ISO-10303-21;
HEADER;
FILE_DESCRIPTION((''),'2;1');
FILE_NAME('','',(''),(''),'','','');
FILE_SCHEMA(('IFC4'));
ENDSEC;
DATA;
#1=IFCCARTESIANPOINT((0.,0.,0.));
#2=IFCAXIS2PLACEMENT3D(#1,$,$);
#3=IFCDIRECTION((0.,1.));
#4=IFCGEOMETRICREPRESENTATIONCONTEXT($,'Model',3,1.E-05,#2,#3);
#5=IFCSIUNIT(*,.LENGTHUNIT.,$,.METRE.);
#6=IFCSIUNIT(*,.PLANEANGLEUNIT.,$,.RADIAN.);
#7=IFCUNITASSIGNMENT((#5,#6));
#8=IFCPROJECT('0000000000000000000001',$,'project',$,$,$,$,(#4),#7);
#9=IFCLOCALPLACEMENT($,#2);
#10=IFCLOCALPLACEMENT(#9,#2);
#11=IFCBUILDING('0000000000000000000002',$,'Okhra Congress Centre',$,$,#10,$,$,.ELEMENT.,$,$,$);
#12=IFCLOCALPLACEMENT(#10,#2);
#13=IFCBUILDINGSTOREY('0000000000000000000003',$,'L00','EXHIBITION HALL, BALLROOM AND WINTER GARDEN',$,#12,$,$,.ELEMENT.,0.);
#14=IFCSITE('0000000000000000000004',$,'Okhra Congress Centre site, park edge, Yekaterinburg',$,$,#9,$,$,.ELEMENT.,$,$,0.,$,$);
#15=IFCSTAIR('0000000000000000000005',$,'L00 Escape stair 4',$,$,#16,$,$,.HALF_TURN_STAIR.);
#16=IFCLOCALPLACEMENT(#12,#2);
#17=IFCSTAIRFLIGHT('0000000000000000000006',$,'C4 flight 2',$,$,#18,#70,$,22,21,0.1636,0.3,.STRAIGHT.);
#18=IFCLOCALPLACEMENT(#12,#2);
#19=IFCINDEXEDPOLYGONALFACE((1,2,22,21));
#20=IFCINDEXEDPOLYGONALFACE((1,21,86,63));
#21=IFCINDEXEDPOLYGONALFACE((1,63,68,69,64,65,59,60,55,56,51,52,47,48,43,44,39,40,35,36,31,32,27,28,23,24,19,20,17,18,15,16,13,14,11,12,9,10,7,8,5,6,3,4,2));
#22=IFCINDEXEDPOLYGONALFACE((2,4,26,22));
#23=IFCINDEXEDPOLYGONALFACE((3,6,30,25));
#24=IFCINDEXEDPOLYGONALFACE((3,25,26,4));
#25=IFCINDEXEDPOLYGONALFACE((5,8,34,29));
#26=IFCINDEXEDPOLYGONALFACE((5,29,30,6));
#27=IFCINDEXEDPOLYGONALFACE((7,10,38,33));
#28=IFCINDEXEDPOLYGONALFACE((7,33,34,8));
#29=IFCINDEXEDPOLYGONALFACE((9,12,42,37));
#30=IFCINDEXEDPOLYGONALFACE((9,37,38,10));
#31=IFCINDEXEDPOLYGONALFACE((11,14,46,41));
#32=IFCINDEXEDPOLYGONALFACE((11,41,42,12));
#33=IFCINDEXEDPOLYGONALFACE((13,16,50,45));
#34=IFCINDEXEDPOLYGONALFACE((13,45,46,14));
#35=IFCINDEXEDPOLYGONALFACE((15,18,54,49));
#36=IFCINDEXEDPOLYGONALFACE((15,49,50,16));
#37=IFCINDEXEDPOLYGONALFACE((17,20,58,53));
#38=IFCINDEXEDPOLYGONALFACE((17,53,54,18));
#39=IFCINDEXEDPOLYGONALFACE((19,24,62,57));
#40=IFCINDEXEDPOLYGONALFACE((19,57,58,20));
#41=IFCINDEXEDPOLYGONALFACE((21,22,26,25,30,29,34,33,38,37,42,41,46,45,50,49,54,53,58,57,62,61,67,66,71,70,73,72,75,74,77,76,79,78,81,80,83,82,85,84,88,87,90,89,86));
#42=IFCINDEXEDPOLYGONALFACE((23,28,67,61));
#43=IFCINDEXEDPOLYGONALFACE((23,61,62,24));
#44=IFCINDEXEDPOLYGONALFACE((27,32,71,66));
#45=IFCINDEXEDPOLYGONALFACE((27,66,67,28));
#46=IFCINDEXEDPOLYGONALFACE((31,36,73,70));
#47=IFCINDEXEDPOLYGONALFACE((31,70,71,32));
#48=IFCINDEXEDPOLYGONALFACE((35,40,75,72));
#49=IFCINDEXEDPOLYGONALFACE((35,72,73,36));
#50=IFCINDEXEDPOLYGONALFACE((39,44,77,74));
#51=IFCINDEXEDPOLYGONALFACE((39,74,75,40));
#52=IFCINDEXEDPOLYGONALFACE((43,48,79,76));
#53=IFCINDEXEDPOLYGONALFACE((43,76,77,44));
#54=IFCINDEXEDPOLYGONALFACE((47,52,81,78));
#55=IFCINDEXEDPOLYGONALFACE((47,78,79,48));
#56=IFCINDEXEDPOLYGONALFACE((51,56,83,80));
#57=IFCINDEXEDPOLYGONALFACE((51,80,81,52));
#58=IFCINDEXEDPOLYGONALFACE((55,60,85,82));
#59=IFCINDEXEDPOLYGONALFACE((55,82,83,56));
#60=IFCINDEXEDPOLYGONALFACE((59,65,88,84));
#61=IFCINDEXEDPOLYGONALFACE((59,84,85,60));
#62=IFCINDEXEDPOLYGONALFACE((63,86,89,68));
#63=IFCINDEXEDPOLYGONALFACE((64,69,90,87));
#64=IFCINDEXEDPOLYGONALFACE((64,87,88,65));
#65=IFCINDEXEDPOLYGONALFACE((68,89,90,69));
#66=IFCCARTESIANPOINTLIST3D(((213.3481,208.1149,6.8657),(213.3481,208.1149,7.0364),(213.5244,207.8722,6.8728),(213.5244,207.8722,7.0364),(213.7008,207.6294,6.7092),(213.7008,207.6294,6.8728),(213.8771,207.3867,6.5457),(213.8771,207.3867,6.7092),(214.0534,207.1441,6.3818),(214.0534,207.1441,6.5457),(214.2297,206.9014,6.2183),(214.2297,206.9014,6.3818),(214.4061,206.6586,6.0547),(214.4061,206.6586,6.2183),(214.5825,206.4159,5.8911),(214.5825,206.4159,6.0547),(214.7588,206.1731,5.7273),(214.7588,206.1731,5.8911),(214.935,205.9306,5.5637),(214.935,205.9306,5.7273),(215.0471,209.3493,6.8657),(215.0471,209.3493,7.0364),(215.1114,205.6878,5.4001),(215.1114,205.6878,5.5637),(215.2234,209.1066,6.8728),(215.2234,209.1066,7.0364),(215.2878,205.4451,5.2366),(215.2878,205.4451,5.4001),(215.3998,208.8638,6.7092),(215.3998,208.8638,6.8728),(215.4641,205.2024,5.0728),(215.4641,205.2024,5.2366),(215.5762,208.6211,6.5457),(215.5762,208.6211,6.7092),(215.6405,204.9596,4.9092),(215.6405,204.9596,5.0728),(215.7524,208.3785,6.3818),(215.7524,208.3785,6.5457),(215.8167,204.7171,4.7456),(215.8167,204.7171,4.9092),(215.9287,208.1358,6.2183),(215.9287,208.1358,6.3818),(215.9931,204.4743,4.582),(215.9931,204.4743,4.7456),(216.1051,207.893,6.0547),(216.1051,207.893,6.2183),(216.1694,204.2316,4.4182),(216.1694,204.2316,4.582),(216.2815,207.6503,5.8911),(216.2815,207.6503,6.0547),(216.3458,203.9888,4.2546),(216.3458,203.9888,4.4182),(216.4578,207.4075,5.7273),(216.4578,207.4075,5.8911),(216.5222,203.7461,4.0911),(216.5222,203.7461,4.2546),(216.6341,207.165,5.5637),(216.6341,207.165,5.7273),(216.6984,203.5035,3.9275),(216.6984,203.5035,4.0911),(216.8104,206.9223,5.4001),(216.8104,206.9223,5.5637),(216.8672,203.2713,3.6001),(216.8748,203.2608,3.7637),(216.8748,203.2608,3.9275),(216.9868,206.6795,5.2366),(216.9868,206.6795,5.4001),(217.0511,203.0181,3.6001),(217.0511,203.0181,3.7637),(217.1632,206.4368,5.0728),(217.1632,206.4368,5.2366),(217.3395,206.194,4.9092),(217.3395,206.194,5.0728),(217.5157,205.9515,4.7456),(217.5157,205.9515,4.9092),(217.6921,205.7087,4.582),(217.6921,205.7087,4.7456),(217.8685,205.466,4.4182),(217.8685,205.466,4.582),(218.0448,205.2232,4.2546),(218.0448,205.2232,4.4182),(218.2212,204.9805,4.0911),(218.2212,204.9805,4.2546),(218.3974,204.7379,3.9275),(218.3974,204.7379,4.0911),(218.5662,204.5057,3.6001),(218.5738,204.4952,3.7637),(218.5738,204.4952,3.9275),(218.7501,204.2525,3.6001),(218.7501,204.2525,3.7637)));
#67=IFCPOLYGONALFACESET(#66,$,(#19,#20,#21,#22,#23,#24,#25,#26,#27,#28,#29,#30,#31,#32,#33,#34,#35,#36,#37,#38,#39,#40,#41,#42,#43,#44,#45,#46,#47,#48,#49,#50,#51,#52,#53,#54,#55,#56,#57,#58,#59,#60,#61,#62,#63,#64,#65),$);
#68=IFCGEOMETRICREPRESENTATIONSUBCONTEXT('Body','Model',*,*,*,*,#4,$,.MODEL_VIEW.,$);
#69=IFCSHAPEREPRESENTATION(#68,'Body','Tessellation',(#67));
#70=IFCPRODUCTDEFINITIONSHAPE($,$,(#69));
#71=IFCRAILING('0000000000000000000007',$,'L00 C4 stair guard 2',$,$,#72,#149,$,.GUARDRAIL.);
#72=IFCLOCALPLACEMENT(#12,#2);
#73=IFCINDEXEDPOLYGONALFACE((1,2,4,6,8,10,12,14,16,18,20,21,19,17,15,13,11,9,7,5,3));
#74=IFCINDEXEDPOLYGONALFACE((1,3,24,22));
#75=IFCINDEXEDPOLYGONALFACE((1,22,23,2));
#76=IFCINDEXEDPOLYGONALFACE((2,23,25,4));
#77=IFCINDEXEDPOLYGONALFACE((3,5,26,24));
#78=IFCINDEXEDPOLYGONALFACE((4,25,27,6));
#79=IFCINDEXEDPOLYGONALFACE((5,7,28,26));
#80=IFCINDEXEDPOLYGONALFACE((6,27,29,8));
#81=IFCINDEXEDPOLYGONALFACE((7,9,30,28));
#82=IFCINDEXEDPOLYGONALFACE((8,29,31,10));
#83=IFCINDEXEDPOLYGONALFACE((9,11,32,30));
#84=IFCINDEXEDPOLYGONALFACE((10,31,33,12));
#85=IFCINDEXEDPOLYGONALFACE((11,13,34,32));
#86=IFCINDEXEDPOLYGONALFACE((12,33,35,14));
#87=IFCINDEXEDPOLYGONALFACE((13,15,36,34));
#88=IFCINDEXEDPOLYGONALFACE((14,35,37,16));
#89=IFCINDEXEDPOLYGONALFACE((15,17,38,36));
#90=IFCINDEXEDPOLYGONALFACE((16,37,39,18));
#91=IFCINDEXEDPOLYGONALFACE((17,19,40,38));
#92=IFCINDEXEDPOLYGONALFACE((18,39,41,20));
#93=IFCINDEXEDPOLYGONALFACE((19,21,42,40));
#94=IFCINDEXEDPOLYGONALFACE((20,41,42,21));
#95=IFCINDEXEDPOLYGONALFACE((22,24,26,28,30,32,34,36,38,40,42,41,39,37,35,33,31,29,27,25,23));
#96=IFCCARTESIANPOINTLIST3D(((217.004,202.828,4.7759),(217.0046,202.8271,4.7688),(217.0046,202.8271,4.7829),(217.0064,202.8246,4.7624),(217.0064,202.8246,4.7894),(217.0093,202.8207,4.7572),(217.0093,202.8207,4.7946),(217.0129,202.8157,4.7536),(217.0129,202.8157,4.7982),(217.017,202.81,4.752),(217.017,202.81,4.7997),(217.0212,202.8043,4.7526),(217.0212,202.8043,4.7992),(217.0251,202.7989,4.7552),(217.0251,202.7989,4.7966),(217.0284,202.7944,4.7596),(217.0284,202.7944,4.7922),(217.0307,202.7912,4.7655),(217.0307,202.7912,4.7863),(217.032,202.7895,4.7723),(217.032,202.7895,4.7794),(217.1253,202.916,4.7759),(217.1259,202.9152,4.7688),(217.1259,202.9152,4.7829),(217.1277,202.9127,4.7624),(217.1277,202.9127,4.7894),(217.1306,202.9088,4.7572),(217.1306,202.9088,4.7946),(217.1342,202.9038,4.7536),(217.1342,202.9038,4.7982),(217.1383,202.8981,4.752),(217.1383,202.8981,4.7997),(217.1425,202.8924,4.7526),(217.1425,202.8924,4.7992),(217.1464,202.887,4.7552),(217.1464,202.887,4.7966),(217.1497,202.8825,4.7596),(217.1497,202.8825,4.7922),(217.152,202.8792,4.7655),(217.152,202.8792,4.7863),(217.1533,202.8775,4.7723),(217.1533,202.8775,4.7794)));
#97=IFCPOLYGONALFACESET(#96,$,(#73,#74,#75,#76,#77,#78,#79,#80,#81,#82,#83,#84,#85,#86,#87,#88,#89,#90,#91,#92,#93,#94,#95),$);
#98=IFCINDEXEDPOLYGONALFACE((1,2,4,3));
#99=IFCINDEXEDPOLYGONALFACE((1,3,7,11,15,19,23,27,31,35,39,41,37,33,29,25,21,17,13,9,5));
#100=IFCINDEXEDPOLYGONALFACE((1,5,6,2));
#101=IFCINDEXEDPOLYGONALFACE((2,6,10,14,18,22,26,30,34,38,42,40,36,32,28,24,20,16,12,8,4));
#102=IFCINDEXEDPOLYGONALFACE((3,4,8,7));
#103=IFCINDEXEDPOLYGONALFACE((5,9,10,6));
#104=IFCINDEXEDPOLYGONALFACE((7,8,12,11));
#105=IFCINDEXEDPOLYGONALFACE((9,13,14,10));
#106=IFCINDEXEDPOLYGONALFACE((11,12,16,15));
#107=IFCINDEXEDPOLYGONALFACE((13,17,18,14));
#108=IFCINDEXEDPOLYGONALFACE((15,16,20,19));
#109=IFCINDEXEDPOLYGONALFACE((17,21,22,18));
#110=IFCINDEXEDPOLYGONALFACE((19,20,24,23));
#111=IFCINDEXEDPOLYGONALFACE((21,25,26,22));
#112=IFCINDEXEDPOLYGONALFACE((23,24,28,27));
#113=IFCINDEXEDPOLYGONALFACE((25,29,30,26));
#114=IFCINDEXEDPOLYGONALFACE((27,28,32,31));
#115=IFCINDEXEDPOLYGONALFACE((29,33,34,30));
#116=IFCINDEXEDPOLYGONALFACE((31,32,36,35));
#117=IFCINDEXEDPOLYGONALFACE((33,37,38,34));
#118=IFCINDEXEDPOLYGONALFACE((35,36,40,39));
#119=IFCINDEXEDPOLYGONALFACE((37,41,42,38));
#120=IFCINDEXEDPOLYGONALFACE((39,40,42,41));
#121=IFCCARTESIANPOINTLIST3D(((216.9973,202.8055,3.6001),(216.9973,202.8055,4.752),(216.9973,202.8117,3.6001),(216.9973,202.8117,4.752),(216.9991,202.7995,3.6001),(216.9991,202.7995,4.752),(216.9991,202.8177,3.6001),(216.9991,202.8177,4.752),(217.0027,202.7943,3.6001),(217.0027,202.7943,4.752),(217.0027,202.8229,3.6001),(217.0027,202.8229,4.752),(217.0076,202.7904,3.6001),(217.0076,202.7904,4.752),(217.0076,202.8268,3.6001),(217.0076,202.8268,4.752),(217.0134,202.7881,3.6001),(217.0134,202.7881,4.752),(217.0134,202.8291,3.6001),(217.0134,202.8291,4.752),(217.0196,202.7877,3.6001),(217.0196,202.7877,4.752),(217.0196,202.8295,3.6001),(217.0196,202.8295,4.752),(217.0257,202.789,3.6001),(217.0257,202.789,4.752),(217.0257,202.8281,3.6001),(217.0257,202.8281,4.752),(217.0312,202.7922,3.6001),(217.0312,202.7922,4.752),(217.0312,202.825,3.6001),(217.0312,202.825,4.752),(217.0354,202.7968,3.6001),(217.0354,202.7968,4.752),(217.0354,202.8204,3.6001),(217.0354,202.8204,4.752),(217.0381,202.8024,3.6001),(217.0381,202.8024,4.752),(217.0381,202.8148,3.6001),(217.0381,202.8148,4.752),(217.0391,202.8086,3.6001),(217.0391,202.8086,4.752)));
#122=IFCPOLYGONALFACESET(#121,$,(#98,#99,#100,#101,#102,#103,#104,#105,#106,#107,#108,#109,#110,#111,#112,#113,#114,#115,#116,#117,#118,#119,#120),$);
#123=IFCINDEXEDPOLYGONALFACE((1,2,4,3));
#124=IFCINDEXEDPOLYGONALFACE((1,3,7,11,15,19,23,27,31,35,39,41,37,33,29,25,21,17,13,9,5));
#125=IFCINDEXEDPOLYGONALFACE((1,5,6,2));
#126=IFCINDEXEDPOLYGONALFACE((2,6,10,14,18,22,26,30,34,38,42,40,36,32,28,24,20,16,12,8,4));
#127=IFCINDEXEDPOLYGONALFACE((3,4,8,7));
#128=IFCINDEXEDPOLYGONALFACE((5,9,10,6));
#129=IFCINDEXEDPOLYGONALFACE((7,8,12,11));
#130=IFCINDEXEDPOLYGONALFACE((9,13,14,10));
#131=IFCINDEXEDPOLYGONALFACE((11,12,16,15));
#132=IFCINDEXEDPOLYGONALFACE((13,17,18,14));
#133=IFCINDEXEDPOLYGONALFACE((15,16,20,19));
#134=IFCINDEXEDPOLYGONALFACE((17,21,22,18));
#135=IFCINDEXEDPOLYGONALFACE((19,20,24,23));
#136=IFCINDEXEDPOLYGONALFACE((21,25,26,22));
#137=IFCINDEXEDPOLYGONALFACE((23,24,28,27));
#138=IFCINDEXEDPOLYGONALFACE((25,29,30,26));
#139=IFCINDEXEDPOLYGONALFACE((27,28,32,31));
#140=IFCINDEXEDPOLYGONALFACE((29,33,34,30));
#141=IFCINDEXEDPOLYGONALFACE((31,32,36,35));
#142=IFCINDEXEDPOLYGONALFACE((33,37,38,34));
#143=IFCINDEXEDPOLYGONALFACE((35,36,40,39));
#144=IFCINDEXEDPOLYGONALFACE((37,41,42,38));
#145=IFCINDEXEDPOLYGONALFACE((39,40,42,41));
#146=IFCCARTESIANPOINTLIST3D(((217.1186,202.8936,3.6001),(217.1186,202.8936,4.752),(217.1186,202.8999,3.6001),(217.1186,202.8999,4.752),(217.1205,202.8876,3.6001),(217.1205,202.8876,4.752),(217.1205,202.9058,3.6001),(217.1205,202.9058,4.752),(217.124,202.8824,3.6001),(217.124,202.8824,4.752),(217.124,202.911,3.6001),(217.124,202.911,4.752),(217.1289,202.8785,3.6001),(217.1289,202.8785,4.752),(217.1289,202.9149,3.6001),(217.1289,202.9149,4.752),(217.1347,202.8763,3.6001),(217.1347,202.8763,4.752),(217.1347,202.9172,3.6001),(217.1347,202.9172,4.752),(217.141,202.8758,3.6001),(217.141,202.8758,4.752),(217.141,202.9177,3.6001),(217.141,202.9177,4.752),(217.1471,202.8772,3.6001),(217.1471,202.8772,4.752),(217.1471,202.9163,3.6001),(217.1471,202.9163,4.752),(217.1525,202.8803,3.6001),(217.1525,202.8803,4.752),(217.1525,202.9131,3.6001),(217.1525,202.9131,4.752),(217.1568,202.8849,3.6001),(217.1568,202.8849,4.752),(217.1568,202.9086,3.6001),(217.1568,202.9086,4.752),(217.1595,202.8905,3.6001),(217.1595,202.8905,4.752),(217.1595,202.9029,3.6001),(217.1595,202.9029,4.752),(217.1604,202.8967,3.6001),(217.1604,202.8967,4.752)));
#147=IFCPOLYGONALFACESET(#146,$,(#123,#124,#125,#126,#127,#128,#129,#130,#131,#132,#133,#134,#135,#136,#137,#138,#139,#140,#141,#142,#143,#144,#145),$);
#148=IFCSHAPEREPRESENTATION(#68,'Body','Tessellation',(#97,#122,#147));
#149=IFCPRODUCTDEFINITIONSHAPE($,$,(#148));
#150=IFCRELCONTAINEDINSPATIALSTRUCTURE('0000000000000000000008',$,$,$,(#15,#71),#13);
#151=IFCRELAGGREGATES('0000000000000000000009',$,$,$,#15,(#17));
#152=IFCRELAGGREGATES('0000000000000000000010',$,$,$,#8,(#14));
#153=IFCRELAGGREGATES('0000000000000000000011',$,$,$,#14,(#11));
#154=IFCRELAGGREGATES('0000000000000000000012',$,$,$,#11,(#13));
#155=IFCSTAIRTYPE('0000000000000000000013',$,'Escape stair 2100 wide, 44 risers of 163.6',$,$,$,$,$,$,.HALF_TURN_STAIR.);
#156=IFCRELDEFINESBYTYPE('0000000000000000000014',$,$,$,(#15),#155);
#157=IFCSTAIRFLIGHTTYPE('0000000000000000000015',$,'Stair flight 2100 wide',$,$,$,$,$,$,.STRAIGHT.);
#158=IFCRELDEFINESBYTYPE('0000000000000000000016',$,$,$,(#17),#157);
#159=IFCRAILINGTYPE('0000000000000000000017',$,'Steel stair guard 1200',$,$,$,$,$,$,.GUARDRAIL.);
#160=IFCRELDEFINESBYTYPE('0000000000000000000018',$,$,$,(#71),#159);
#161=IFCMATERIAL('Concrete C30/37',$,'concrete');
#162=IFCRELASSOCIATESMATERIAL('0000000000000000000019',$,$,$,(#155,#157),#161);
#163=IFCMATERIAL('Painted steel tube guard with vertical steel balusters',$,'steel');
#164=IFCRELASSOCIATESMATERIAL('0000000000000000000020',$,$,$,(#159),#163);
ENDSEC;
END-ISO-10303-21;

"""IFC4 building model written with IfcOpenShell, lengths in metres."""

from ifc_helpers import new_model, si_unit, direction, frame, origin, origin_2d, place, context, subcontext, project, spatial, polyline, circle, outline, extrude, material, type_object, element, aggregate, save


model = new_model("IFC4")

# Units and contexts
model_context = context("Model", 3, precision=1e-05, world=origin(), true_north=direction((0.0, 1.0)))
body_context = subcontext(model_context, "Body", "Model", "MODEL_VIEW")
ifc_project = project(units=[si_unit("LENGTHUNIT", "METRE"), si_unit("PLANEANGLEUNIT", "RADIAN")], contexts=[model_context])

# Site, building, storey
site_placement = place(None, origin())
site = spatial("IfcSite", under=ifc_project, at=site_placement, Name="Okhra Congress Centre site, park edge, Yekaterinburg", CompositionType="ELEMENT", RefElevation=0.0)
building_placement = place(site_placement, origin())
building = spatial("IfcBuilding", under=site, at=building_placement, Name="Okhra Congress Centre", CompositionType="ELEMENT")
storey_placement = place(building_placement, origin())
storey = spatial("IfcBuildingStorey", under=building, at=storey_placement, Name="L00", Description="EXHIBITION HALL, BALLROOM AND WINTER GARDEN", CompositionType="ELEMENT", Elevation=0.0)

# Shared definitions
ifc_material_1 = material(Name="Concrete C30/37", Category="concrete")

# Stair, stair flight
stair_type = type_object("IfcStairType", Name="Escape stair 2100 wide, 44 risers of 163.6", PredefinedType="HALF_TURN_STAIR", material=ifc_material_1)
stair_placement = place(storey_placement, origin())
stair = element("IfcStair", 1, at=stair_placement, inside=storey, type_object=stair_type, Name="L00 Escape stair 4", PredefinedType="HALF_TURN_STAIR")
stair_flight_type = type_object("IfcStairFlightType", Name="Stair flight 2100 wide", PredefinedType="STRAIGHT", material=ifc_material_1)
stair_flight_placement = place(storey_placement, frame((217.9006, 203.6353, 3.6001), z_axis=(0.0, 0.0, 1.0), x_axis=(-0.587785, 0.809017, 0.0)))
stair_flight = element("IfcStairFlight", 2, at=stair_flight_placement, type_object=stair_flight_type, Name="C4 flight 2", NumberOfRisers=22, NumberOfTreads=21, PredefinedType="STRAIGHT", RiserHeight=0.1636, TreadLength=0.3, context=body_context, shape_type="SweptSolid", body=[
    extrude(outline(polyline([(0.0, 0.0), (0.0, 0.1636), (0.3, 0.1636), (0.3, 0.3274), (0.6001, 0.3274), (0.6001, 0.491), (0.8999, 0.491), (0.8999, 0.6545), (1.2, 0.6545), (1.2, 0.8181), (1.5, 0.8181), (1.5, 0.9819), (1.8, 0.9819), (1.8, 1.1455), (2.1001, 1.1455), (2.1001, 1.3091), (2.3999, 1.3091), (2.3999, 1.4727), (2.7, 1.4727), (2.7, 1.6365), (3.0, 1.6365), (3.0, 1.8), (3.3, 1.8), (3.3, 1.9636), (3.6001, 1.9636), (3.6001, 2.1272), (3.8999, 2.1272), (3.8999, 2.291), (4.2, 2.291), (4.2, 2.4546), (4.5, 2.4546), (4.5, 2.6182), (4.8, 2.6182), (4.8, 2.7817), (5.1001, 2.7817), (5.1001, 2.9456), (5.3999, 2.9456), (5.3999, 3.1091), (5.7, 3.1091), (5.7, 3.2727), (6.0, 3.2727), (6.0, 3.4363), (6.3, 3.4363), (6.3, 3.6001), (6.3, 3.2656), (0.313, 0.0), (0.0, 0.0)])), frame((0.0, 1.05, 0.0), z_axis=(0.0, -1.0, 0.0), x_axis=(1.0, 0.0, 0.0)), (0.0, 0.0, 1.0), 2.1001),
])
aggregate(stair, [stair_flight])

# Railing
ifc_material_2 = material(Name="Painted steel tube guard with vertical steel balusters", Category="steel")
railing_type_1 = type_object("IfcRailingType", Name="Steel stair guard 1200", PredefinedType="GUARDRAIL", material=ifc_material_2)
railing_1_placement = place(storey_placement, frame((217.0181, 202.8086, 3.6001)))
element("IfcRailing", 3, at=railing_1_placement, inside=storey, type_object=railing_type_1, Name="L00 C4 stair guard 2", PredefinedType="GUARDRAIL", context=body_context, shape_type="SweptSolid", body=[
    extrude(circle(Radius=0.0239, at=origin_2d()), frame((0.0, 0.0, 1.1758), z_axis=(0.809088, 0.587688, 0.0), x_axis=(-0.587688, 0.809088, 0.0)), (0.0, 0.0, 1.0), 0.1499),
    extrude(circle(Radius=0.021, at=origin_2d()), origin(), (0.0, 0.0, 1.0), 1.1519),
    extrude(circle(Radius=0.021, at=origin_2d()), frame((0.1213, 0.0881, 0.0)), (0.0, 0.0, 1.0), 1.1519),
])

save(model, "model.ifc")
